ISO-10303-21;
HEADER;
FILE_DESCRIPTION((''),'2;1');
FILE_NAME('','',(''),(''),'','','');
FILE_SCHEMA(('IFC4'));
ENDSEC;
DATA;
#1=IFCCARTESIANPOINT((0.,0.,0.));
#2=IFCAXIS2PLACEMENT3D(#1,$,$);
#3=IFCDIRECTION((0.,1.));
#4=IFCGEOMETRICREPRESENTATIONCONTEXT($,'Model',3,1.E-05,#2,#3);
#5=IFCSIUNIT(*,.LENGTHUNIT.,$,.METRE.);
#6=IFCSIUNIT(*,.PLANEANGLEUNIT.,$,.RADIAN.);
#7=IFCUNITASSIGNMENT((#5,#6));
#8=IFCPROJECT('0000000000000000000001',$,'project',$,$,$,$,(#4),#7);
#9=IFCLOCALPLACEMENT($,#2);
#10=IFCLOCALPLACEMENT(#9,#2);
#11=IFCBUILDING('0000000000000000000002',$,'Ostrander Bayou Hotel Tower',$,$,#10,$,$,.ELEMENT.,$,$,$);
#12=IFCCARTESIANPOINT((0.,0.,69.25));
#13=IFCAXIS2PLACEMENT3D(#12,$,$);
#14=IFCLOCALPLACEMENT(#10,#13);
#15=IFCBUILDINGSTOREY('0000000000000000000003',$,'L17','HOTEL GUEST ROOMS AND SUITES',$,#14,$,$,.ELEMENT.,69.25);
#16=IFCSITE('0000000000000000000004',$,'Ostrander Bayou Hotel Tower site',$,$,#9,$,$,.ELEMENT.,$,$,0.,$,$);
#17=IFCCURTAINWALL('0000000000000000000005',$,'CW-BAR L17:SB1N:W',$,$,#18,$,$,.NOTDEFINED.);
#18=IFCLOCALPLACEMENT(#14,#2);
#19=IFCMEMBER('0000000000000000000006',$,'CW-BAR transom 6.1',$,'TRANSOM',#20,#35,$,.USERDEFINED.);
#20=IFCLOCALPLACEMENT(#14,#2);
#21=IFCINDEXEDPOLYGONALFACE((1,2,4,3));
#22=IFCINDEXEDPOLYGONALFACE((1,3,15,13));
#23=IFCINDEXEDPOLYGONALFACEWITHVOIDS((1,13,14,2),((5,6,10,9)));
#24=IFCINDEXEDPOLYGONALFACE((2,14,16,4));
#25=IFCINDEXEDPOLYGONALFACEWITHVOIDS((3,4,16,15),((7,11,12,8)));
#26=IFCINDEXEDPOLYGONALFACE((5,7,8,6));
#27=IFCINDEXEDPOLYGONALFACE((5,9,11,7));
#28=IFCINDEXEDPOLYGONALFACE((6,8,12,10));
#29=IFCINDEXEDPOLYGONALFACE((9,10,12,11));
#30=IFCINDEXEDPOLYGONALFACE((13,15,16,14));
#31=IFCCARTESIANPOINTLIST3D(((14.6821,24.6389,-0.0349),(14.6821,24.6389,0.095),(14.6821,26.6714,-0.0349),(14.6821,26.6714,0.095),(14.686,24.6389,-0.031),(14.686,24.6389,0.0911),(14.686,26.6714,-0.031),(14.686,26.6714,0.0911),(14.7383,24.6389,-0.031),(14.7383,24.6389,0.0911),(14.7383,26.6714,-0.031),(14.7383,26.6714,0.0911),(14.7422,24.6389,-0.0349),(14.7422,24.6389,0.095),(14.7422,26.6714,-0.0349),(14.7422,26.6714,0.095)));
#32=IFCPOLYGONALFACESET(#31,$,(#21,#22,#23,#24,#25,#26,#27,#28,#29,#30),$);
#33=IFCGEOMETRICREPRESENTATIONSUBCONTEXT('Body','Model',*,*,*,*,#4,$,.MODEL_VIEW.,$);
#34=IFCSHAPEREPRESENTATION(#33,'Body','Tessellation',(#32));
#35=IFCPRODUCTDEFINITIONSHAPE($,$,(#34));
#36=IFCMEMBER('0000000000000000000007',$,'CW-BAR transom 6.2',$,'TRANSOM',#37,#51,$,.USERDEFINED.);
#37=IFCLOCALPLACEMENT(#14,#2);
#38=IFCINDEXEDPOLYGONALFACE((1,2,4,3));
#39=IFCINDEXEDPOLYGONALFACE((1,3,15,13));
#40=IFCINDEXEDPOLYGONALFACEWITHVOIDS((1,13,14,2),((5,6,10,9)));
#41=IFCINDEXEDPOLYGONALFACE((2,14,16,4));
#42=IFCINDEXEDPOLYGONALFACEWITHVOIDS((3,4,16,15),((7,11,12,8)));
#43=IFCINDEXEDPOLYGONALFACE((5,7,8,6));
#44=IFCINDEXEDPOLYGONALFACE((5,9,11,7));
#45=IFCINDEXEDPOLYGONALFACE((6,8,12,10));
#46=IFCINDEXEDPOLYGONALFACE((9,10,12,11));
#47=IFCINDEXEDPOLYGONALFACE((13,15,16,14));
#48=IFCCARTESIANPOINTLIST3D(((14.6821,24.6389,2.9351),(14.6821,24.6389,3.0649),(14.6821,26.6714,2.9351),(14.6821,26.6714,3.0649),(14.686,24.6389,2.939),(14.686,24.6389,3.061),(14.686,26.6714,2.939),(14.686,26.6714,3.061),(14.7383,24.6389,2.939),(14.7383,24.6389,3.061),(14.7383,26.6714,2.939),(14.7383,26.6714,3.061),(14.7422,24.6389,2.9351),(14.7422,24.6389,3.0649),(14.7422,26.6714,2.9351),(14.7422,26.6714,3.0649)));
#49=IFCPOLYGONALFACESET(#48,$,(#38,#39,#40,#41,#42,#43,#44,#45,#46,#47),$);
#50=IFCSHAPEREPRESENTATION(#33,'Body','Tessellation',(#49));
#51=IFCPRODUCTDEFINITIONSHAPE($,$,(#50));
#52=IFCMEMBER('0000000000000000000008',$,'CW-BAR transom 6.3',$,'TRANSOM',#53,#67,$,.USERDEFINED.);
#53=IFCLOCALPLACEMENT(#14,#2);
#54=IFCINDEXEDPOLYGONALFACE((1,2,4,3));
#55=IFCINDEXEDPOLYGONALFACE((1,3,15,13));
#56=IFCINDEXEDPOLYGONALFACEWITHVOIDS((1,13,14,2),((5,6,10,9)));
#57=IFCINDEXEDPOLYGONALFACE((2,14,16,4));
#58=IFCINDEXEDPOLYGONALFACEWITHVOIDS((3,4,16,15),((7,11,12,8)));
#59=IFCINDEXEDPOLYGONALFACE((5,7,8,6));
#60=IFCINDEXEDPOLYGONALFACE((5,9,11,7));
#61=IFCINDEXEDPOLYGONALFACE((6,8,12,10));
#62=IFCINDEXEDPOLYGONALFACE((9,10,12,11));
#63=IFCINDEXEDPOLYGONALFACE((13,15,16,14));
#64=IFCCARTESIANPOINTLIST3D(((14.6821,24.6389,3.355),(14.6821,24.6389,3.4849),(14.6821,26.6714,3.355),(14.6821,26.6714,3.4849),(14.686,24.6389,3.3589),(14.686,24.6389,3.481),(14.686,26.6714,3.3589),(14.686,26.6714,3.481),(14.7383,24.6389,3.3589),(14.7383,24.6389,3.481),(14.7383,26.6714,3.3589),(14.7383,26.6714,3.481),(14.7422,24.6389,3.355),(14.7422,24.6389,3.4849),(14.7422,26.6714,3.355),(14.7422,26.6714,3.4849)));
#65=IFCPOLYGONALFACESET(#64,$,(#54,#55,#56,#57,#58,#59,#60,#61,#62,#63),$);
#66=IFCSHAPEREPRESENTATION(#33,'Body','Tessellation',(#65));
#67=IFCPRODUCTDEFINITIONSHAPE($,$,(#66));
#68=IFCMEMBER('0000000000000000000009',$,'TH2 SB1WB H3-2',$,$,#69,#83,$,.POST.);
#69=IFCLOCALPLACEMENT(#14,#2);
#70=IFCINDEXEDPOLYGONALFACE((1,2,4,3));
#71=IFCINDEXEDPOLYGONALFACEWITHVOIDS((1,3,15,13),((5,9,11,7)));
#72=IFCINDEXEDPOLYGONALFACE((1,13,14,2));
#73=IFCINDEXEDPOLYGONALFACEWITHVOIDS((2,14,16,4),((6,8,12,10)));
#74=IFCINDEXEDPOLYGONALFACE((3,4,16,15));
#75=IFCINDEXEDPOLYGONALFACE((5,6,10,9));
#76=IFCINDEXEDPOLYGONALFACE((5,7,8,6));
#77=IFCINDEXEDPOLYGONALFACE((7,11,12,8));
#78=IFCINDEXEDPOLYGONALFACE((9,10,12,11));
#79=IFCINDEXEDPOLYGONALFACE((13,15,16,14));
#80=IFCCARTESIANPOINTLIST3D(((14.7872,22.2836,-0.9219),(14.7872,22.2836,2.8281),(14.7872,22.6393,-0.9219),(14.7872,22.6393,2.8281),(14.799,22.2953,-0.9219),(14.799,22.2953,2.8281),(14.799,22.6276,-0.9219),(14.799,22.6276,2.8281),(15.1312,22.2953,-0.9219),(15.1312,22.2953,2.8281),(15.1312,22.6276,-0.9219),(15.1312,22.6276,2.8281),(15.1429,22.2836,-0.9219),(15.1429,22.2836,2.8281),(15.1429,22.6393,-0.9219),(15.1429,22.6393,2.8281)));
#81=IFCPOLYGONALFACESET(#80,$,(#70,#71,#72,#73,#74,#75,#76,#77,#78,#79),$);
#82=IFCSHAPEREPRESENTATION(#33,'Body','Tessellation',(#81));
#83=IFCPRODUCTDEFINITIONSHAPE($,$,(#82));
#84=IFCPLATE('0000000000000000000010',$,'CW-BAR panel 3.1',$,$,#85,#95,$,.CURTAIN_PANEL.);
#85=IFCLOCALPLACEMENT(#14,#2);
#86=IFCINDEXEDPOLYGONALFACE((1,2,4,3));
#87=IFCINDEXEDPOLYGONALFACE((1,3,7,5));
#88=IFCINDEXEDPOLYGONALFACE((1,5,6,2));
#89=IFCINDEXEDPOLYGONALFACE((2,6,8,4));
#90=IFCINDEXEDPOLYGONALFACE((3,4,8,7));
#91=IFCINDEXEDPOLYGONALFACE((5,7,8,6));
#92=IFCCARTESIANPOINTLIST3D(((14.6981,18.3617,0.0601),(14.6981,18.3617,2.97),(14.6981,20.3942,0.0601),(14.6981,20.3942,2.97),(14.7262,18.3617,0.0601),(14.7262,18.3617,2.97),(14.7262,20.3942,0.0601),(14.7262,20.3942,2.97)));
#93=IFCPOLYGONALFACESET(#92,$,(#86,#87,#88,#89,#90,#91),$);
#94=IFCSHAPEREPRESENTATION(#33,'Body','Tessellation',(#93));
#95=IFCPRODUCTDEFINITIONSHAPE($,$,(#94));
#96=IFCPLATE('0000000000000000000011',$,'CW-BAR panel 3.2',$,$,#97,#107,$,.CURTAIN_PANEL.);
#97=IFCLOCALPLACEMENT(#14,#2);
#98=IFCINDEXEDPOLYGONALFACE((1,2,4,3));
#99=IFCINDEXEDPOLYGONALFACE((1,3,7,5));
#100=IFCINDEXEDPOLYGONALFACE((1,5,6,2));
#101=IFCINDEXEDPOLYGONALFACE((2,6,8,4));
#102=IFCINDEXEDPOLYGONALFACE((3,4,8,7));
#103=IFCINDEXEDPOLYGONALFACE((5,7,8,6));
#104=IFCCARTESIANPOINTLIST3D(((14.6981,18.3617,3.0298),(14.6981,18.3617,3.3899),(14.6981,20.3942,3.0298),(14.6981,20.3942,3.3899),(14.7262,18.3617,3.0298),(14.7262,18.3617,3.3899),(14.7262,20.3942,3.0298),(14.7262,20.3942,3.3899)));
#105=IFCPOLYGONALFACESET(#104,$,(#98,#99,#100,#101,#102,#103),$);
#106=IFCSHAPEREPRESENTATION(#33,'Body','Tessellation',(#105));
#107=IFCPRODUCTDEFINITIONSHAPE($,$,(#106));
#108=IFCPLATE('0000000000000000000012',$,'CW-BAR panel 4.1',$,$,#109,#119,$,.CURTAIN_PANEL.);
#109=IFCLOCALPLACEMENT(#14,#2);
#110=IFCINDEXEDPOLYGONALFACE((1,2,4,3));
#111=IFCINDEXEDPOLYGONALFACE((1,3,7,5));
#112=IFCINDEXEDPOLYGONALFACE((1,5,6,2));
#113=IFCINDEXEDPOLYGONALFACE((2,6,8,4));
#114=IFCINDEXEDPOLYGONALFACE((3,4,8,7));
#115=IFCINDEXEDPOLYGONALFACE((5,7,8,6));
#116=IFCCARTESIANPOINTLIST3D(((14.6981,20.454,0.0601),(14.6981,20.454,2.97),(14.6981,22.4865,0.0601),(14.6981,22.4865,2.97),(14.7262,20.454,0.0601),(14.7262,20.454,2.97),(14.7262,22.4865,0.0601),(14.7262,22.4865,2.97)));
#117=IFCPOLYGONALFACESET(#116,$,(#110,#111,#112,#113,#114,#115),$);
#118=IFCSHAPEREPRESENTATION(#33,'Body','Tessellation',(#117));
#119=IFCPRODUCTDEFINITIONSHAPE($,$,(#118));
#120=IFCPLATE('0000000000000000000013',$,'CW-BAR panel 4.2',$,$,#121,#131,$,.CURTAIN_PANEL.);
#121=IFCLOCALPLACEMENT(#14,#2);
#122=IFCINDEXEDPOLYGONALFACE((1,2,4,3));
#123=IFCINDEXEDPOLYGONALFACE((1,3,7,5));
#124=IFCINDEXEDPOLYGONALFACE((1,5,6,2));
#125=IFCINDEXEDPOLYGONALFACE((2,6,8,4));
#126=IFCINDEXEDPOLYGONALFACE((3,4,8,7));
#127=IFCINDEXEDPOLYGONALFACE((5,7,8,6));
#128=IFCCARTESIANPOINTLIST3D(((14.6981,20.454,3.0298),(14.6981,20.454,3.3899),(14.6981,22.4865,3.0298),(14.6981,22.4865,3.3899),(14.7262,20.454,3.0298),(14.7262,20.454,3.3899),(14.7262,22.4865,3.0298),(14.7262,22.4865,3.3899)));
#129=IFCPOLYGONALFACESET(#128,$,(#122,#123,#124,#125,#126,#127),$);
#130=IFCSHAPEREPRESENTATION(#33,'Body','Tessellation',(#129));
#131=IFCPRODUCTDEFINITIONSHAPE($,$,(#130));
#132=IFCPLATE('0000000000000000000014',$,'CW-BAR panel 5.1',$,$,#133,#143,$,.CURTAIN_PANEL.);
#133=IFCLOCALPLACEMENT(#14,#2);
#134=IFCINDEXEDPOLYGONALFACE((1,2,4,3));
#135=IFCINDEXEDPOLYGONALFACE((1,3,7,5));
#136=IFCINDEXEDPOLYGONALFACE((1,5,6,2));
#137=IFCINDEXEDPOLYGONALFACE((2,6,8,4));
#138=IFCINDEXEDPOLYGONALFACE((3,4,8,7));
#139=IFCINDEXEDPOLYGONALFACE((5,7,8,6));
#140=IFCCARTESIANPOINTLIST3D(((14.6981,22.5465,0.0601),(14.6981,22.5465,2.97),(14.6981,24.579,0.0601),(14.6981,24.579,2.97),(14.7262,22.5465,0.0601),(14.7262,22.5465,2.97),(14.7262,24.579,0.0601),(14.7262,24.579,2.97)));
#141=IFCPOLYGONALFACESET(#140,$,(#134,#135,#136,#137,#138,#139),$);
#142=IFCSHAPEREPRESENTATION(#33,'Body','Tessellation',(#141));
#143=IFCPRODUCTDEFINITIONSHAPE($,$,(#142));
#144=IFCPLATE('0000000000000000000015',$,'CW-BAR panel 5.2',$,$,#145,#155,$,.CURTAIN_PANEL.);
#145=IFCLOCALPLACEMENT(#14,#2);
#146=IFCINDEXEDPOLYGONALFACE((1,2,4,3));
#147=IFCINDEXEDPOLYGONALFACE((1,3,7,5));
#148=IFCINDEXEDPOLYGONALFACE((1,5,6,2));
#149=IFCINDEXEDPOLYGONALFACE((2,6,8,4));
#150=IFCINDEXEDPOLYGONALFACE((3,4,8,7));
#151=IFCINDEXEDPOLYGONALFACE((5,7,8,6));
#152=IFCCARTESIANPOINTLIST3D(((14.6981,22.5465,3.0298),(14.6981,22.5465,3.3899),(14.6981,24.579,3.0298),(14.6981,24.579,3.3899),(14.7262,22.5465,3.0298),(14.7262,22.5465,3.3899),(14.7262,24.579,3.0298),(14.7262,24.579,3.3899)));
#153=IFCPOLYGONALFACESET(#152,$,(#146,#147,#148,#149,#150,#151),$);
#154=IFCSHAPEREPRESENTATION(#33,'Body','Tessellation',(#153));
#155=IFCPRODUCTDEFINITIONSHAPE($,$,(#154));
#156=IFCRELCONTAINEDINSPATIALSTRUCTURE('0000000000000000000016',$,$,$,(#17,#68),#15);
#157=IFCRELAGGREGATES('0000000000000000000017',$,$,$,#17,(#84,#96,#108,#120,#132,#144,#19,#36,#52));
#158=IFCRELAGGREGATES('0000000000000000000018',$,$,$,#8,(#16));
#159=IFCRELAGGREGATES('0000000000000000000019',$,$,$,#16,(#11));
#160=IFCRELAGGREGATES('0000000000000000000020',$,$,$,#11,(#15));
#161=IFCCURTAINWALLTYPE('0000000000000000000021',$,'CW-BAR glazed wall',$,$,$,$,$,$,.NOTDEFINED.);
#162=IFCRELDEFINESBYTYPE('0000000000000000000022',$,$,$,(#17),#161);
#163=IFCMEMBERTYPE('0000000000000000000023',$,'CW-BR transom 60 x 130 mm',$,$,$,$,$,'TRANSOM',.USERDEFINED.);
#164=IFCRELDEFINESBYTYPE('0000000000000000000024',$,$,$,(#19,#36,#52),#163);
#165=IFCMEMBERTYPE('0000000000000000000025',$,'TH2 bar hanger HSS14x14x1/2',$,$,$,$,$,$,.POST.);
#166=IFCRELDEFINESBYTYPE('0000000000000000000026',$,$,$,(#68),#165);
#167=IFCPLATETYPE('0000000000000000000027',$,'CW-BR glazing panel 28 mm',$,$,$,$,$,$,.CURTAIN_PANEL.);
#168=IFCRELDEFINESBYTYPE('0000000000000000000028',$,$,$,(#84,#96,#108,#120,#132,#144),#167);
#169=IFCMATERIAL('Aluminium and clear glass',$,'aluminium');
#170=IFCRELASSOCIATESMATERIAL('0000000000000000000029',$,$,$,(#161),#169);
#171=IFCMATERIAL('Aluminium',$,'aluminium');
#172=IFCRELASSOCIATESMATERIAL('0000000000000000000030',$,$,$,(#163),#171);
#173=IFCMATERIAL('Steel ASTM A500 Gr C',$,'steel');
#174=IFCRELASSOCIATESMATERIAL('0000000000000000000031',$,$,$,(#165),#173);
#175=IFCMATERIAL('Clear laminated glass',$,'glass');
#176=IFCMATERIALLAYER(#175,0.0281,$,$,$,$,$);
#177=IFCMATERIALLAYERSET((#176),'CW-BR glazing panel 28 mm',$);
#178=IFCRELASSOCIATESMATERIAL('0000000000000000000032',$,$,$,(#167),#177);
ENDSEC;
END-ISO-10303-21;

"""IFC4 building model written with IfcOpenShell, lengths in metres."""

from ifc_helpers import new_model, si_unit, direction, frame, origin, origin_2d, place, context, subcontext, project, spatial, rectangle, hollow_rectangle, extrude, material, layer, layer_set, material_profile, profile_set, type_object, element, aggregate, save


model = new_model("IFC4")

# Units and contexts
model_context = context("Model", 3, precision=1e-05, world=origin(), true_north=direction((0.0, 1.0)))
body_context = subcontext(model_context, "Body", "Model", "MODEL_VIEW")
ifc_project = project(units=[si_unit("LENGTHUNIT", "METRE"), si_unit("PLANEANGLEUNIT", "RADIAN")], contexts=[model_context])

# Site, building, storey
site_placement = place(None, origin())
site = spatial("IfcSite", under=ifc_project, at=site_placement, Name="Ostrander Bayou Hotel Tower site", CompositionType="ELEMENT", RefElevation=0.0)
building_placement = place(site_placement, origin())
building = spatial("IfcBuilding", under=site, at=building_placement, Name="Ostrander Bayou Hotel Tower", CompositionType="ELEMENT")
storey_placement = place(building_placement, frame((0.0, 0.0, 69.25)))
storey = spatial("IfcBuildingStorey", under=building, at=storey_placement, Name="L17", Description="HOTEL GUEST ROOMS AND SUITES", CompositionType="ELEMENT", Elevation=69.25)

# Curtain wall, members
ifc_material_1 = material(Name="Aluminium and clear glass", Category="aluminium")
curtain_wall_type = type_object("IfcCurtainWallType", Name="CW-BAR glazed wall", PredefinedType="NOTDEFINED", material=ifc_material_1)
curtain_wall_placement = place(storey_placement, origin())
curtain_wall = element("IfcCurtainWall", 1, at=curtain_wall_placement, inside=storey, type_object=curtain_wall_type, Name="CW-BAR L17:SB1N:W", PredefinedType="NOTDEFINED")
ifc_material_2 = material(Name="Aluminium", Category="aluminium")
ifc_material_profile_1 = material_profile(ifc_material_2, hollow_rectangle(XDim=0.0601, YDim=0.1299, WallThickness=0.0039, at=origin_2d()))
ifc_profile_set_1 = profile_set([ifc_material_profile_1], Name="Aluminium")
member_type_1 = type_object("IfcMemberType", Name="CW-BR transom 60 x 130 mm", ElementType="TRANSOM", PredefinedType="USERDEFINED", material=ifc_profile_set_1)
member_1_placement = place(storey_placement, frame((14.7122, 24.6389, 0.03), z_axis=(0.0, 1.0, 0.0), x_axis=(-1.0, 0.0, 0.0)))
member_1 = element("IfcMember", 2, at=member_1_placement, type_object=member_type_1, Name="CW-BAR transom 6.1", ObjectType="TRANSOM", PredefinedType="USERDEFINED", context=body_context, shape_type="SweptSolid", body=[
    extrude(hollow_rectangle(XDim=0.0601, YDim=0.1299, WallThickness=0.0039, at=origin_2d()), origin(), (0.0, 0.0, 1.0), 2.0325),
])
member_2_placement = place(storey_placement, frame((14.7122, 24.6389, 3.0), z_axis=(0.0, 1.0, 0.0), x_axis=(-1.0, 0.0, 0.0)))
member_2 = element("IfcMember", 3, at=member_2_placement, type_object=member_type_1, Name="CW-BAR transom 6.2", ObjectType="TRANSOM", PredefinedType="USERDEFINED", context=body_context, shape_type="SweptSolid", body=[
    extrude(hollow_rectangle(XDim=0.0601, YDim=0.1299, WallThickness=0.0039, at=origin_2d()), origin(), (0.0, 0.0, 1.0), 2.0325),
])
member_3_placement = place(storey_placement, frame((14.7122, 24.6389, 3.4199), z_axis=(0.0, 1.0, 0.0), x_axis=(-1.0, 0.0, 0.0)))
member_3 = element("IfcMember", 4, at=member_3_placement, type_object=member_type_1, Name="CW-BAR transom 6.3", ObjectType="TRANSOM", PredefinedType="USERDEFINED", context=body_context, shape_type="SweptSolid", body=[
    extrude(hollow_rectangle(XDim=0.0601, YDim=0.1299, WallThickness=0.0039, at=origin_2d()), origin(), (0.0, 0.0, 1.0), 2.0325),
])

# Member
ifc_material_3 = material(Name="Steel ASTM A500 Gr C", Category="steel")
ifc_material_profile_2 = material_profile(ifc_material_3, hollow_rectangle(XDim=0.3557, YDim=0.3557, WallThickness=0.0117, at=origin_2d()))
ifc_profile_set_2 = profile_set([ifc_material_profile_2], Name="Steel ASTM A500 Gr C")
member_type_2 = type_object("IfcMemberType", Name="TH2 bar hanger HSS14x14x1/2", PredefinedType="POST", material=ifc_profile_set_2)
member_4_placement = place(storey_placement, frame((14.9651, 22.4614, -0.9219), z_axis=(0.0, 0.0, 1.0), x_axis=(1.0, 0.0, 0.0)))
element("IfcMember", 5, at=member_4_placement, inside=storey, type_object=member_type_2, Name="TH2 SB1WB H3-2", PredefinedType="POST", context=body_context, shape_type="SweptSolid", body=[
    extrude(hollow_rectangle(XDim=0.3557, YDim=0.3557, WallThickness=0.0117, at=origin_2d()), origin(), (0.0, 0.0, 1.0), 3.75),
])

# Plates
ifc_material_4 = material(Name="Clear laminated glass", Category="glass")
ifc_layer = layer(ifc_material_4, 0.0281)
ifc_layer_set = layer_set([ifc_layer], Name="CW-BR glazing panel 28 mm")
plate_type = type_object("IfcPlateType", Name="CW-BR glazing panel 28 mm", PredefinedType="CURTAIN_PANEL", material=ifc_layer_set)
plate_1_placement = place(storey_placement, frame((14.7122, 19.3779, 0.0601), z_axis=(0.0, 0.0, 1.0), x_axis=(0.0, 1.0, 0.0)))
plate_1 = element("IfcPlate", 6, at=plate_1_placement, type_object=plate_type, Name="CW-BAR panel 3.1", PredefinedType="CURTAIN_PANEL", context=body_context, shape_type="SweptSolid", body=[
    extrude(rectangle(XDim=2.0325, YDim=0.0281, at=origin_2d()), origin(), (0.0, 0.0, 1.0), 2.9099),
])
plate_2_placement = place(storey_placement, frame((14.7122, 19.3779, 3.0298), z_axis=(0.0, 0.0, 1.0), x_axis=(0.0, 1.0, 0.0)))
plate_2 = element("IfcPlate", 7, at=plate_2_placement, type_object=plate_type, Name="CW-BAR panel 3.2", PredefinedType="CURTAIN_PANEL", context=body_context, shape_type="SweptSolid", body=[
    extrude(rectangle(XDim=2.0325, YDim=0.0281, at=origin_2d()), origin(), (0.0, 0.0, 1.0), 0.3601),
])
plate_3_placement = place(storey_placement, frame((14.7122, 21.4702, 0.0601), z_axis=(0.0, 0.0, 1.0), x_axis=(0.0, 1.0, 0.0)))
plate_3 = element("IfcPlate", 8, at=plate_3_placement, type_object=plate_type, Name="CW-BAR panel 4.1", PredefinedType="CURTAIN_PANEL", context=body_context, shape_type="SweptSolid", body=[
    extrude(rectangle(XDim=2.0325, YDim=0.0281, at=origin_2d()), origin(), (0.0, 0.0, 1.0), 2.9099),
])
plate_4_placement = place(storey_placement, frame((14.7122, 21.4702, 3.0298), z_axis=(0.0, 0.0, 1.0), x_axis=(0.0, 1.0, 0.0)))
plate_4 = element("IfcPlate", 9, at=plate_4_placement, type_object=plate_type, Name="CW-BAR panel 4.2", PredefinedType="CURTAIN_PANEL", context=body_context, shape_type="SweptSolid", body=[
    extrude(rectangle(XDim=2.0325, YDim=0.0281, at=origin_2d()), origin(), (0.0, 0.0, 1.0), 0.3601),
])
plate_5_placement = place(storey_placement, frame((14.7122, 23.5627, 0.0601), z_axis=(0.0, 0.0, 1.0), x_axis=(0.0, 1.0, 0.0)))
plate_5 = element("IfcPlate", 10, at=plate_5_placement, type_object=plate_type, Name="CW-BAR panel 5.1", PredefinedType="CURTAIN_PANEL", context=body_context, shape_type="SweptSolid", body=[
    extrude(rectangle(XDim=2.0325, YDim=0.0281, at=origin_2d()), origin(), (0.0, 0.0, 1.0), 2.9099),
])
plate_6_placement = place(storey_placement, frame((14.7122, 23.5627, 3.0298), z_axis=(0.0, 0.0, 1.0), x_axis=(0.0, 1.0, 0.0)))
plate_6 = element("IfcPlate", 11, at=plate_6_placement, type_object=plate_type, Name="CW-BAR panel 5.2", PredefinedType="CURTAIN_PANEL", context=body_context, shape_type="SweptSolid", body=[
    extrude(rectangle(XDim=2.0325, YDim=0.0281, at=origin_2d()), origin(), (0.0, 0.0, 1.0), 0.3601),
])
aggregate(curtain_wall, [plate_1, plate_2, plate_3, plate_4, plate_5, plate_6, member_1, member_2, member_3])

save(model, "model.ifc")
